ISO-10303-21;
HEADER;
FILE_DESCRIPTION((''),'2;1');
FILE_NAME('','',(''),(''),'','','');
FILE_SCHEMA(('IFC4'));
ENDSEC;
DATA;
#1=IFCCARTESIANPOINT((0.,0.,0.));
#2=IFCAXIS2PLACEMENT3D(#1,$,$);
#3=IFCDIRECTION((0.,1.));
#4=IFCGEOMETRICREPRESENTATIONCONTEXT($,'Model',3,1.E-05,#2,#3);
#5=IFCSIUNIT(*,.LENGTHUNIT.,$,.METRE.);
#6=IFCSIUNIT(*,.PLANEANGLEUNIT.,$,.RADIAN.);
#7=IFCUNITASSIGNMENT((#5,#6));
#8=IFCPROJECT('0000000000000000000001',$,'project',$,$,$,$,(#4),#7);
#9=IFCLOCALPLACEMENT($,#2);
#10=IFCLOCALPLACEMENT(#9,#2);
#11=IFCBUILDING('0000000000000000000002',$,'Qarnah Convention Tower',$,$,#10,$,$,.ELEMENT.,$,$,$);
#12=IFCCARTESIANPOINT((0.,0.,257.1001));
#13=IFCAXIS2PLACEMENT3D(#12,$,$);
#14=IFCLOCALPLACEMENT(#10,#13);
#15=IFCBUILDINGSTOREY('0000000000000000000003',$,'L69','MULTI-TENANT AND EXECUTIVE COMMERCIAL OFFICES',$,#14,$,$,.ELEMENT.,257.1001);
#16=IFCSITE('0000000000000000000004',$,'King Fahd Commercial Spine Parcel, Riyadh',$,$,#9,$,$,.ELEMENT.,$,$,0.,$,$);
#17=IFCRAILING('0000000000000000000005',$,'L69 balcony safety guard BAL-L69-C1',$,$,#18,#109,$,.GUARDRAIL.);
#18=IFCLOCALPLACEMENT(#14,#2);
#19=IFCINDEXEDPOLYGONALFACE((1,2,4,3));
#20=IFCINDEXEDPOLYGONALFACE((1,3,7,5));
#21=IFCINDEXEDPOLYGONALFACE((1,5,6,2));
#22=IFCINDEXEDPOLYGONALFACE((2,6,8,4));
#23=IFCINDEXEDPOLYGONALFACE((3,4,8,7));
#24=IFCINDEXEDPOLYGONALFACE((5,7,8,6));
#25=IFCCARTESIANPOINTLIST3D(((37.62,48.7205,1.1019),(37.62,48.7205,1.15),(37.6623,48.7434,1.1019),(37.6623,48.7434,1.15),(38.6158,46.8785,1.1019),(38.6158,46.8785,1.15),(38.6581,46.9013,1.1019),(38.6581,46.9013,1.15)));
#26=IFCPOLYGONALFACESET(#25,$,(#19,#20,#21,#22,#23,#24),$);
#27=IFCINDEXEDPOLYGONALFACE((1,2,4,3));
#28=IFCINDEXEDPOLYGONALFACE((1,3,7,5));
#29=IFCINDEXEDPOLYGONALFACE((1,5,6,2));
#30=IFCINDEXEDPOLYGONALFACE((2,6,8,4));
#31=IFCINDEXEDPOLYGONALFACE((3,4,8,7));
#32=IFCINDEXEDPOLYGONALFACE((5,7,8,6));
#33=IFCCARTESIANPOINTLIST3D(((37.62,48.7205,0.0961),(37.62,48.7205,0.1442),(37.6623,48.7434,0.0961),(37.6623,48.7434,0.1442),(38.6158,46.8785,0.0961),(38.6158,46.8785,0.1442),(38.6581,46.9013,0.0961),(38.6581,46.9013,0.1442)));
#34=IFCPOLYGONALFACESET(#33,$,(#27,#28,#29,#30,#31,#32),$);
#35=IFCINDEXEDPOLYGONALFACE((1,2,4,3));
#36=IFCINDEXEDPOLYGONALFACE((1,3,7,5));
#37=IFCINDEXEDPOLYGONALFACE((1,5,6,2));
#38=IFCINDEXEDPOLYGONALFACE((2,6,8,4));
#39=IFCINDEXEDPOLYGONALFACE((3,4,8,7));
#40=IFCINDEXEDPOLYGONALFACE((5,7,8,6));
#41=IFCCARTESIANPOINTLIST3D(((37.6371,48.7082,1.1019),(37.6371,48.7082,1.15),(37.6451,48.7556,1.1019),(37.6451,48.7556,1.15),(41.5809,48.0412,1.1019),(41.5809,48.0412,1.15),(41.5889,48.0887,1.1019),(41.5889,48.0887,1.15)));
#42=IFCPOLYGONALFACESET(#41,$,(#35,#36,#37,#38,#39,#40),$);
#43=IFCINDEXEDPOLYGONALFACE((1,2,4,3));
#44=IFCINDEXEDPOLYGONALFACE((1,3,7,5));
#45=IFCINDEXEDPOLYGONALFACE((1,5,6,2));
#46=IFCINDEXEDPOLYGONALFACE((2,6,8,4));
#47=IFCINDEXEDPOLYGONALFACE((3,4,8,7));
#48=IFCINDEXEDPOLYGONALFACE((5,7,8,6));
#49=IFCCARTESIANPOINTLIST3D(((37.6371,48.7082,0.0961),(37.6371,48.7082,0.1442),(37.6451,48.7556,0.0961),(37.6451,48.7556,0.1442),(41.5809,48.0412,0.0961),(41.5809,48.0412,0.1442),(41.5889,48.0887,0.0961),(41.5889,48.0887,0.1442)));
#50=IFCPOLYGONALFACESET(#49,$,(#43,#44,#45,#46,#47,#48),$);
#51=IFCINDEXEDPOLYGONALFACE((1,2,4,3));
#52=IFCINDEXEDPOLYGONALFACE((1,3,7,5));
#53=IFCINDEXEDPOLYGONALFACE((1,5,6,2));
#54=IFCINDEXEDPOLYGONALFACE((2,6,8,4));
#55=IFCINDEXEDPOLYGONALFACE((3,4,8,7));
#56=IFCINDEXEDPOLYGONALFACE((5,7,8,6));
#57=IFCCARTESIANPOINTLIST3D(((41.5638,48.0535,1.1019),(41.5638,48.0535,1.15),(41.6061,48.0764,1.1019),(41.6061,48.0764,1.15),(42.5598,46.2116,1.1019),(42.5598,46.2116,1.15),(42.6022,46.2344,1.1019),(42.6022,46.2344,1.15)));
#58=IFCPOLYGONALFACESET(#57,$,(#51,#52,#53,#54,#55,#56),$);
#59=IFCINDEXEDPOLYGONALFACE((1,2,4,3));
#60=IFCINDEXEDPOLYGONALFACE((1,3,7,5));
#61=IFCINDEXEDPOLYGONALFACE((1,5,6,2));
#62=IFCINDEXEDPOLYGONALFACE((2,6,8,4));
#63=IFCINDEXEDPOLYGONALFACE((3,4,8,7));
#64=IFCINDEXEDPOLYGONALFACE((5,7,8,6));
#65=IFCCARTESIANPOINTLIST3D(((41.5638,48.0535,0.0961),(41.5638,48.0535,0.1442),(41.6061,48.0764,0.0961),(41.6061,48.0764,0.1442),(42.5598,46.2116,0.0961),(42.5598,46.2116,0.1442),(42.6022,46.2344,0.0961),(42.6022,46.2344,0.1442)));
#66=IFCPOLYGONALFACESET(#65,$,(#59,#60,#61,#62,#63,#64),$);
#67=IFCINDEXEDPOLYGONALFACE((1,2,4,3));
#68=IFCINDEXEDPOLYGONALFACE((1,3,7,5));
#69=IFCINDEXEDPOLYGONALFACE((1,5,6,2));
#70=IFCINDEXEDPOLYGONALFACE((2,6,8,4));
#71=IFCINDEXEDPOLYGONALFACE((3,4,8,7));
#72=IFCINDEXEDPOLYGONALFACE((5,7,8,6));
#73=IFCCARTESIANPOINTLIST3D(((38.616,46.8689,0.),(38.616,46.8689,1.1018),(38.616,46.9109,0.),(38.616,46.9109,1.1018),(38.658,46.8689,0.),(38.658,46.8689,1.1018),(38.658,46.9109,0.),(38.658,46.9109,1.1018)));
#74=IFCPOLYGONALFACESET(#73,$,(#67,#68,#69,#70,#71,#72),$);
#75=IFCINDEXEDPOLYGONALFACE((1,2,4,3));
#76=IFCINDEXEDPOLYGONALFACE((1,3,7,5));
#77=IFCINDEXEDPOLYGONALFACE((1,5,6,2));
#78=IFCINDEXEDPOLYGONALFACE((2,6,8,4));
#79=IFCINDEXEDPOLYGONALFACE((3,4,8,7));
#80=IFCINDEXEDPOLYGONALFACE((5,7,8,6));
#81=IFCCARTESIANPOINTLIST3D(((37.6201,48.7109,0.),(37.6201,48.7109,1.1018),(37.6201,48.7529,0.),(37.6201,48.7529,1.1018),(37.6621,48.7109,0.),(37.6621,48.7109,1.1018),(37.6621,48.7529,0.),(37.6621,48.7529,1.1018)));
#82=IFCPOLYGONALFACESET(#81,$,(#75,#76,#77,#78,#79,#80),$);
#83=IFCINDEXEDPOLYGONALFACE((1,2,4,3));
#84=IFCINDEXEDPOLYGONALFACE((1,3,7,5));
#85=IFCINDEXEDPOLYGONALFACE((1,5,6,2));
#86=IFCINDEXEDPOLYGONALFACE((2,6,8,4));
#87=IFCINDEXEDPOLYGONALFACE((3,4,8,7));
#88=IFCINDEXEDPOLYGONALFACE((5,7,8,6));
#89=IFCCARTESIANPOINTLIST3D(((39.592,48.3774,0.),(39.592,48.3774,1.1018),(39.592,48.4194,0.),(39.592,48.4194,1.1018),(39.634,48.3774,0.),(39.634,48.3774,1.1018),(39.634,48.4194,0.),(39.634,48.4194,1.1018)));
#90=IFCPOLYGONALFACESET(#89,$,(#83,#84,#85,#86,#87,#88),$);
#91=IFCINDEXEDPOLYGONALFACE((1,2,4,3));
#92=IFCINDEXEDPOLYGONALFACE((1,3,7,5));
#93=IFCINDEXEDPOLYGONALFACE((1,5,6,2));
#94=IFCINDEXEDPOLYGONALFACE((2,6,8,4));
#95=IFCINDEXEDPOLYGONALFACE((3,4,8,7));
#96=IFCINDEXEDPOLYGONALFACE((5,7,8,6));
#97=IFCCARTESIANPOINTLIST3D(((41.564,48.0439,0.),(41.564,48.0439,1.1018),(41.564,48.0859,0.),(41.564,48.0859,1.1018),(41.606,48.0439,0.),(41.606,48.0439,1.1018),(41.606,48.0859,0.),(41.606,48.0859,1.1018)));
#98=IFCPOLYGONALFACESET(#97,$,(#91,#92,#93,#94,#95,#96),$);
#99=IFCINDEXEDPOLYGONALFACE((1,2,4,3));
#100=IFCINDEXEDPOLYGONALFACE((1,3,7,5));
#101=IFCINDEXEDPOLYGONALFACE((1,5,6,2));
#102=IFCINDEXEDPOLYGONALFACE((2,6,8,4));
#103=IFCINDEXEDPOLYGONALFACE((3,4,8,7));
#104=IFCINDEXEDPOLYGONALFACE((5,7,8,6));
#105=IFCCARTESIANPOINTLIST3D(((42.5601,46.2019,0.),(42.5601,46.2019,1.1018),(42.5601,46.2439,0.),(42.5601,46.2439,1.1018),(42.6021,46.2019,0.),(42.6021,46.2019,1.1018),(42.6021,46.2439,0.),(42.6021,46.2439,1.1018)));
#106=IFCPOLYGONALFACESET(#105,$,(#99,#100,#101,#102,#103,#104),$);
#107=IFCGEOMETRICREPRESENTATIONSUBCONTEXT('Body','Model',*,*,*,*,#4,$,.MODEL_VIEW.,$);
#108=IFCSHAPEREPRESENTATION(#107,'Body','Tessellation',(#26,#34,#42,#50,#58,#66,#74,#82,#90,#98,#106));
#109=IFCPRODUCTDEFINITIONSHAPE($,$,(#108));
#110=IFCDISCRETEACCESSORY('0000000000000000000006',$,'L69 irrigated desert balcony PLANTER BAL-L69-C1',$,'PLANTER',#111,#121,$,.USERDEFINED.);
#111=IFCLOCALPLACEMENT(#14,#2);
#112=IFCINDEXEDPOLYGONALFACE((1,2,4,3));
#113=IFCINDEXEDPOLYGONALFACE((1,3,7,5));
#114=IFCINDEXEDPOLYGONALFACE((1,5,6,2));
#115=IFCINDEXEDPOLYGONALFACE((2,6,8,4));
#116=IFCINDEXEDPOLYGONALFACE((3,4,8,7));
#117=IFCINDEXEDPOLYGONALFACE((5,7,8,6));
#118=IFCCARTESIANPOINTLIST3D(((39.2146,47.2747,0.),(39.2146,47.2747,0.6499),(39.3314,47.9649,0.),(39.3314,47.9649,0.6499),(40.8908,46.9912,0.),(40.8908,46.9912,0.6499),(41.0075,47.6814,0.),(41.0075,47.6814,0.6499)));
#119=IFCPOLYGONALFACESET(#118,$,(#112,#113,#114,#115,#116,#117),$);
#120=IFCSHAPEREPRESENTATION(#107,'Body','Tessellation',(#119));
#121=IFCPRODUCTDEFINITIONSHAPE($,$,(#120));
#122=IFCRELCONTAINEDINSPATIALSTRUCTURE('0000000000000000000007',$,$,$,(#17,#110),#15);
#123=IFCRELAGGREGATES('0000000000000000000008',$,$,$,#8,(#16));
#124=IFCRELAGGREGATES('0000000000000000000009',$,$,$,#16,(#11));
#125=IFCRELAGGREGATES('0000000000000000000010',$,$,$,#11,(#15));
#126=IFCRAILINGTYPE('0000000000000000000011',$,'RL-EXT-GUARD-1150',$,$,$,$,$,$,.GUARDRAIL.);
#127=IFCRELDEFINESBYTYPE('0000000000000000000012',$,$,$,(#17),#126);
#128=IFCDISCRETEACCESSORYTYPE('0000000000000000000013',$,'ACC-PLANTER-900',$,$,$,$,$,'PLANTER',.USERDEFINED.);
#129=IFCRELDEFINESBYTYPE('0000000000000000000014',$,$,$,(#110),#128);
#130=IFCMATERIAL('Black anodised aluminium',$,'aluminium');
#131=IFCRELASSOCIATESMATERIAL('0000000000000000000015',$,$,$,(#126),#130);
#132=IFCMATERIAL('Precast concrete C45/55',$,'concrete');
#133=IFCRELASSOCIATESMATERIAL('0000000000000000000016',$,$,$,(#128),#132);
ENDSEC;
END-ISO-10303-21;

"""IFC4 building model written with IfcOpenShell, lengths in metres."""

from ifc_helpers import new_model, si_unit, direction, frame, origin, origin_2d, place, context, subcontext, project, spatial, rectangle, extrude, material, type_object, element, save


model = new_model("IFC4")

# Units and contexts
model_context = context("Model", 3, precision=1e-05, world=origin(), true_north=direction((0.0, 1.0)))
body_context = subcontext(model_context, "Body", "Model", "MODEL_VIEW")
ifc_project = project(units=[si_unit("LENGTHUNIT", "METRE"), si_unit("PLANEANGLEUNIT", "RADIAN")], contexts=[model_context])

# Site, building, storey
site_placement = place(None, origin())
site = spatial("IfcSite", under=ifc_project, at=site_placement, Name="King Fahd Commercial Spine Parcel, Riyadh", CompositionType="ELEMENT", RefElevation=0.0)
building_placement = place(site_placement, origin())
building = spatial("IfcBuilding", under=site, at=building_placement, Name="Qarnah Convention Tower", CompositionType="ELEMENT")
storey_placement = place(building_placement, frame((0.0, 0.0, 257.1001)))
storey = spatial("IfcBuildingStorey", under=building, at=storey_placement, Name="L69", Description="MULTI-TENANT AND EXECUTIVE COMMERCIAL OFFICES", CompositionType="ELEMENT", Elevation=257.1001)

# Shared definitions
ifc_material_1 = material(Name="Black anodised aluminium", Category="aluminium")

# Shared definitions
ifc_material_2 = material(Name="Precast concrete C45/55", Category="concrete")

# Railing
railing_type = type_object("IfcRailingType", Name="RL-EXT-GUARD-1150", PredefinedType="GUARDRAIL", material=ifc_material_1)
railing_1_placement = place(storey_placement, frame((38.637, 46.8899, 0.0)))
element("IfcRailing", 1, at=railing_1_placement, inside=storey, type_object=railing_type, Name="L69 balcony safety guard BAL-L69-C1", PredefinedType="GUARDRAIL", context=body_context, shape_type="SweptSolid", body=[
    extrude(rectangle(XDim=0.0481, YDim=0.0481, at=origin_2d()), frame((0.0, 0.0, 1.126), z_axis=(-0.475573, 0.879676, 0.0), x_axis=(-0.879676, -0.475573, 0.0)), (0.0, 0.0, 1.0), 2.094),
    extrude(rectangle(XDim=0.0481, YDim=0.0481, at=origin_2d()), frame((0.0, 0.0, 0.1201), z_axis=(-0.475573, 0.879676, 0.0), x_axis=(-0.879676, -0.475573, 0.0)), (0.0, 0.0, 1.0), 2.094),
    extrude(rectangle(XDim=0.0481, YDim=0.0481, at=origin_2d()), frame((-0.9958, 1.842, 1.126), z_axis=(0.985998, -0.166754, 0.0), x_axis=(0.166754, 0.985998, 0.0)), (0.0, 0.0, 1.0), 3.9998),
    extrude(rectangle(XDim=0.0481, YDim=0.0481, at=origin_2d()), frame((-0.9958, 1.842, 0.1201), z_axis=(0.985998, -0.166754, 0.0), x_axis=(0.166754, 0.985998, 0.0)), (0.0, 0.0, 1.0), 3.9998),
    extrude(rectangle(XDim=0.0481, YDim=0.0481, at=origin_2d()), frame((2.948, 1.175, 1.126), z_axis=(0.475663, -0.879627, 0.0), x_axis=(0.879627, 0.475663, 0.0)), (0.0, 0.0, 1.0), 2.094),
    extrude(rectangle(XDim=0.0481, YDim=0.0481, at=origin_2d()), frame((2.948, 1.175, 0.1201), z_axis=(0.475663, -0.879627, 0.0), x_axis=(0.879627, 0.475663, 0.0)), (0.0, 0.0, 1.0), 2.094),
    extrude(rectangle(XDim=0.042, YDim=0.042, at=origin_2d()), origin(), (0.0, 0.0, 1.0), 1.1018),
    extrude(rectangle(XDim=0.042, YDim=0.042, at=origin_2d()), frame((-0.9958, 1.842, 0.0)), (0.0, 0.0, 1.0), 1.1018),
    extrude(rectangle(XDim=0.042, YDim=0.042, at=origin_2d()), frame((0.9761, 1.5085, 0.0)), (0.0, 0.0, 1.0), 1.1018),
    extrude(rectangle(XDim=0.042, YDim=0.042, at=origin_2d()), frame((2.948, 1.175, 0.0)), (0.0, 0.0, 1.0), 1.1018),
    extrude(rectangle(XDim=0.042, YDim=0.042, at=origin_2d()), frame((3.9441, -0.667, 0.0)), (0.0, 0.0, 1.0), 1.1018),
])

# Discrete accessory
discrete_accessory_type = type_object("IfcDiscreteAccessoryType", Name="ACC-PLANTER-900", ElementType="PLANTER", PredefinedType="USERDEFINED", material=ifc_material_2)
discrete_accessory_placement = place(storey_placement, frame((40.1111, 47.478, 0.0), z_axis=(0.0, 0.0, 1.0), x_axis=(-0.985996, 0.166769, 0.0)))
element("IfcDiscreteAccessory", 2, at=discrete_accessory_placement, inside=storey, type_object=discrete_accessory_type, Name="L69 irrigated desert balcony PLANTER BAL-L69-C1", ObjectType="PLANTER", PredefinedType="USERDEFINED", context=body_context, shape_type="SweptSolid", body=[
    extrude(rectangle(XDim=1.7, YDim=0.7, at=origin_2d()), origin(), (0.0, 0.0, 1.0), 0.6499),
])

save(model, "model.ifc")
